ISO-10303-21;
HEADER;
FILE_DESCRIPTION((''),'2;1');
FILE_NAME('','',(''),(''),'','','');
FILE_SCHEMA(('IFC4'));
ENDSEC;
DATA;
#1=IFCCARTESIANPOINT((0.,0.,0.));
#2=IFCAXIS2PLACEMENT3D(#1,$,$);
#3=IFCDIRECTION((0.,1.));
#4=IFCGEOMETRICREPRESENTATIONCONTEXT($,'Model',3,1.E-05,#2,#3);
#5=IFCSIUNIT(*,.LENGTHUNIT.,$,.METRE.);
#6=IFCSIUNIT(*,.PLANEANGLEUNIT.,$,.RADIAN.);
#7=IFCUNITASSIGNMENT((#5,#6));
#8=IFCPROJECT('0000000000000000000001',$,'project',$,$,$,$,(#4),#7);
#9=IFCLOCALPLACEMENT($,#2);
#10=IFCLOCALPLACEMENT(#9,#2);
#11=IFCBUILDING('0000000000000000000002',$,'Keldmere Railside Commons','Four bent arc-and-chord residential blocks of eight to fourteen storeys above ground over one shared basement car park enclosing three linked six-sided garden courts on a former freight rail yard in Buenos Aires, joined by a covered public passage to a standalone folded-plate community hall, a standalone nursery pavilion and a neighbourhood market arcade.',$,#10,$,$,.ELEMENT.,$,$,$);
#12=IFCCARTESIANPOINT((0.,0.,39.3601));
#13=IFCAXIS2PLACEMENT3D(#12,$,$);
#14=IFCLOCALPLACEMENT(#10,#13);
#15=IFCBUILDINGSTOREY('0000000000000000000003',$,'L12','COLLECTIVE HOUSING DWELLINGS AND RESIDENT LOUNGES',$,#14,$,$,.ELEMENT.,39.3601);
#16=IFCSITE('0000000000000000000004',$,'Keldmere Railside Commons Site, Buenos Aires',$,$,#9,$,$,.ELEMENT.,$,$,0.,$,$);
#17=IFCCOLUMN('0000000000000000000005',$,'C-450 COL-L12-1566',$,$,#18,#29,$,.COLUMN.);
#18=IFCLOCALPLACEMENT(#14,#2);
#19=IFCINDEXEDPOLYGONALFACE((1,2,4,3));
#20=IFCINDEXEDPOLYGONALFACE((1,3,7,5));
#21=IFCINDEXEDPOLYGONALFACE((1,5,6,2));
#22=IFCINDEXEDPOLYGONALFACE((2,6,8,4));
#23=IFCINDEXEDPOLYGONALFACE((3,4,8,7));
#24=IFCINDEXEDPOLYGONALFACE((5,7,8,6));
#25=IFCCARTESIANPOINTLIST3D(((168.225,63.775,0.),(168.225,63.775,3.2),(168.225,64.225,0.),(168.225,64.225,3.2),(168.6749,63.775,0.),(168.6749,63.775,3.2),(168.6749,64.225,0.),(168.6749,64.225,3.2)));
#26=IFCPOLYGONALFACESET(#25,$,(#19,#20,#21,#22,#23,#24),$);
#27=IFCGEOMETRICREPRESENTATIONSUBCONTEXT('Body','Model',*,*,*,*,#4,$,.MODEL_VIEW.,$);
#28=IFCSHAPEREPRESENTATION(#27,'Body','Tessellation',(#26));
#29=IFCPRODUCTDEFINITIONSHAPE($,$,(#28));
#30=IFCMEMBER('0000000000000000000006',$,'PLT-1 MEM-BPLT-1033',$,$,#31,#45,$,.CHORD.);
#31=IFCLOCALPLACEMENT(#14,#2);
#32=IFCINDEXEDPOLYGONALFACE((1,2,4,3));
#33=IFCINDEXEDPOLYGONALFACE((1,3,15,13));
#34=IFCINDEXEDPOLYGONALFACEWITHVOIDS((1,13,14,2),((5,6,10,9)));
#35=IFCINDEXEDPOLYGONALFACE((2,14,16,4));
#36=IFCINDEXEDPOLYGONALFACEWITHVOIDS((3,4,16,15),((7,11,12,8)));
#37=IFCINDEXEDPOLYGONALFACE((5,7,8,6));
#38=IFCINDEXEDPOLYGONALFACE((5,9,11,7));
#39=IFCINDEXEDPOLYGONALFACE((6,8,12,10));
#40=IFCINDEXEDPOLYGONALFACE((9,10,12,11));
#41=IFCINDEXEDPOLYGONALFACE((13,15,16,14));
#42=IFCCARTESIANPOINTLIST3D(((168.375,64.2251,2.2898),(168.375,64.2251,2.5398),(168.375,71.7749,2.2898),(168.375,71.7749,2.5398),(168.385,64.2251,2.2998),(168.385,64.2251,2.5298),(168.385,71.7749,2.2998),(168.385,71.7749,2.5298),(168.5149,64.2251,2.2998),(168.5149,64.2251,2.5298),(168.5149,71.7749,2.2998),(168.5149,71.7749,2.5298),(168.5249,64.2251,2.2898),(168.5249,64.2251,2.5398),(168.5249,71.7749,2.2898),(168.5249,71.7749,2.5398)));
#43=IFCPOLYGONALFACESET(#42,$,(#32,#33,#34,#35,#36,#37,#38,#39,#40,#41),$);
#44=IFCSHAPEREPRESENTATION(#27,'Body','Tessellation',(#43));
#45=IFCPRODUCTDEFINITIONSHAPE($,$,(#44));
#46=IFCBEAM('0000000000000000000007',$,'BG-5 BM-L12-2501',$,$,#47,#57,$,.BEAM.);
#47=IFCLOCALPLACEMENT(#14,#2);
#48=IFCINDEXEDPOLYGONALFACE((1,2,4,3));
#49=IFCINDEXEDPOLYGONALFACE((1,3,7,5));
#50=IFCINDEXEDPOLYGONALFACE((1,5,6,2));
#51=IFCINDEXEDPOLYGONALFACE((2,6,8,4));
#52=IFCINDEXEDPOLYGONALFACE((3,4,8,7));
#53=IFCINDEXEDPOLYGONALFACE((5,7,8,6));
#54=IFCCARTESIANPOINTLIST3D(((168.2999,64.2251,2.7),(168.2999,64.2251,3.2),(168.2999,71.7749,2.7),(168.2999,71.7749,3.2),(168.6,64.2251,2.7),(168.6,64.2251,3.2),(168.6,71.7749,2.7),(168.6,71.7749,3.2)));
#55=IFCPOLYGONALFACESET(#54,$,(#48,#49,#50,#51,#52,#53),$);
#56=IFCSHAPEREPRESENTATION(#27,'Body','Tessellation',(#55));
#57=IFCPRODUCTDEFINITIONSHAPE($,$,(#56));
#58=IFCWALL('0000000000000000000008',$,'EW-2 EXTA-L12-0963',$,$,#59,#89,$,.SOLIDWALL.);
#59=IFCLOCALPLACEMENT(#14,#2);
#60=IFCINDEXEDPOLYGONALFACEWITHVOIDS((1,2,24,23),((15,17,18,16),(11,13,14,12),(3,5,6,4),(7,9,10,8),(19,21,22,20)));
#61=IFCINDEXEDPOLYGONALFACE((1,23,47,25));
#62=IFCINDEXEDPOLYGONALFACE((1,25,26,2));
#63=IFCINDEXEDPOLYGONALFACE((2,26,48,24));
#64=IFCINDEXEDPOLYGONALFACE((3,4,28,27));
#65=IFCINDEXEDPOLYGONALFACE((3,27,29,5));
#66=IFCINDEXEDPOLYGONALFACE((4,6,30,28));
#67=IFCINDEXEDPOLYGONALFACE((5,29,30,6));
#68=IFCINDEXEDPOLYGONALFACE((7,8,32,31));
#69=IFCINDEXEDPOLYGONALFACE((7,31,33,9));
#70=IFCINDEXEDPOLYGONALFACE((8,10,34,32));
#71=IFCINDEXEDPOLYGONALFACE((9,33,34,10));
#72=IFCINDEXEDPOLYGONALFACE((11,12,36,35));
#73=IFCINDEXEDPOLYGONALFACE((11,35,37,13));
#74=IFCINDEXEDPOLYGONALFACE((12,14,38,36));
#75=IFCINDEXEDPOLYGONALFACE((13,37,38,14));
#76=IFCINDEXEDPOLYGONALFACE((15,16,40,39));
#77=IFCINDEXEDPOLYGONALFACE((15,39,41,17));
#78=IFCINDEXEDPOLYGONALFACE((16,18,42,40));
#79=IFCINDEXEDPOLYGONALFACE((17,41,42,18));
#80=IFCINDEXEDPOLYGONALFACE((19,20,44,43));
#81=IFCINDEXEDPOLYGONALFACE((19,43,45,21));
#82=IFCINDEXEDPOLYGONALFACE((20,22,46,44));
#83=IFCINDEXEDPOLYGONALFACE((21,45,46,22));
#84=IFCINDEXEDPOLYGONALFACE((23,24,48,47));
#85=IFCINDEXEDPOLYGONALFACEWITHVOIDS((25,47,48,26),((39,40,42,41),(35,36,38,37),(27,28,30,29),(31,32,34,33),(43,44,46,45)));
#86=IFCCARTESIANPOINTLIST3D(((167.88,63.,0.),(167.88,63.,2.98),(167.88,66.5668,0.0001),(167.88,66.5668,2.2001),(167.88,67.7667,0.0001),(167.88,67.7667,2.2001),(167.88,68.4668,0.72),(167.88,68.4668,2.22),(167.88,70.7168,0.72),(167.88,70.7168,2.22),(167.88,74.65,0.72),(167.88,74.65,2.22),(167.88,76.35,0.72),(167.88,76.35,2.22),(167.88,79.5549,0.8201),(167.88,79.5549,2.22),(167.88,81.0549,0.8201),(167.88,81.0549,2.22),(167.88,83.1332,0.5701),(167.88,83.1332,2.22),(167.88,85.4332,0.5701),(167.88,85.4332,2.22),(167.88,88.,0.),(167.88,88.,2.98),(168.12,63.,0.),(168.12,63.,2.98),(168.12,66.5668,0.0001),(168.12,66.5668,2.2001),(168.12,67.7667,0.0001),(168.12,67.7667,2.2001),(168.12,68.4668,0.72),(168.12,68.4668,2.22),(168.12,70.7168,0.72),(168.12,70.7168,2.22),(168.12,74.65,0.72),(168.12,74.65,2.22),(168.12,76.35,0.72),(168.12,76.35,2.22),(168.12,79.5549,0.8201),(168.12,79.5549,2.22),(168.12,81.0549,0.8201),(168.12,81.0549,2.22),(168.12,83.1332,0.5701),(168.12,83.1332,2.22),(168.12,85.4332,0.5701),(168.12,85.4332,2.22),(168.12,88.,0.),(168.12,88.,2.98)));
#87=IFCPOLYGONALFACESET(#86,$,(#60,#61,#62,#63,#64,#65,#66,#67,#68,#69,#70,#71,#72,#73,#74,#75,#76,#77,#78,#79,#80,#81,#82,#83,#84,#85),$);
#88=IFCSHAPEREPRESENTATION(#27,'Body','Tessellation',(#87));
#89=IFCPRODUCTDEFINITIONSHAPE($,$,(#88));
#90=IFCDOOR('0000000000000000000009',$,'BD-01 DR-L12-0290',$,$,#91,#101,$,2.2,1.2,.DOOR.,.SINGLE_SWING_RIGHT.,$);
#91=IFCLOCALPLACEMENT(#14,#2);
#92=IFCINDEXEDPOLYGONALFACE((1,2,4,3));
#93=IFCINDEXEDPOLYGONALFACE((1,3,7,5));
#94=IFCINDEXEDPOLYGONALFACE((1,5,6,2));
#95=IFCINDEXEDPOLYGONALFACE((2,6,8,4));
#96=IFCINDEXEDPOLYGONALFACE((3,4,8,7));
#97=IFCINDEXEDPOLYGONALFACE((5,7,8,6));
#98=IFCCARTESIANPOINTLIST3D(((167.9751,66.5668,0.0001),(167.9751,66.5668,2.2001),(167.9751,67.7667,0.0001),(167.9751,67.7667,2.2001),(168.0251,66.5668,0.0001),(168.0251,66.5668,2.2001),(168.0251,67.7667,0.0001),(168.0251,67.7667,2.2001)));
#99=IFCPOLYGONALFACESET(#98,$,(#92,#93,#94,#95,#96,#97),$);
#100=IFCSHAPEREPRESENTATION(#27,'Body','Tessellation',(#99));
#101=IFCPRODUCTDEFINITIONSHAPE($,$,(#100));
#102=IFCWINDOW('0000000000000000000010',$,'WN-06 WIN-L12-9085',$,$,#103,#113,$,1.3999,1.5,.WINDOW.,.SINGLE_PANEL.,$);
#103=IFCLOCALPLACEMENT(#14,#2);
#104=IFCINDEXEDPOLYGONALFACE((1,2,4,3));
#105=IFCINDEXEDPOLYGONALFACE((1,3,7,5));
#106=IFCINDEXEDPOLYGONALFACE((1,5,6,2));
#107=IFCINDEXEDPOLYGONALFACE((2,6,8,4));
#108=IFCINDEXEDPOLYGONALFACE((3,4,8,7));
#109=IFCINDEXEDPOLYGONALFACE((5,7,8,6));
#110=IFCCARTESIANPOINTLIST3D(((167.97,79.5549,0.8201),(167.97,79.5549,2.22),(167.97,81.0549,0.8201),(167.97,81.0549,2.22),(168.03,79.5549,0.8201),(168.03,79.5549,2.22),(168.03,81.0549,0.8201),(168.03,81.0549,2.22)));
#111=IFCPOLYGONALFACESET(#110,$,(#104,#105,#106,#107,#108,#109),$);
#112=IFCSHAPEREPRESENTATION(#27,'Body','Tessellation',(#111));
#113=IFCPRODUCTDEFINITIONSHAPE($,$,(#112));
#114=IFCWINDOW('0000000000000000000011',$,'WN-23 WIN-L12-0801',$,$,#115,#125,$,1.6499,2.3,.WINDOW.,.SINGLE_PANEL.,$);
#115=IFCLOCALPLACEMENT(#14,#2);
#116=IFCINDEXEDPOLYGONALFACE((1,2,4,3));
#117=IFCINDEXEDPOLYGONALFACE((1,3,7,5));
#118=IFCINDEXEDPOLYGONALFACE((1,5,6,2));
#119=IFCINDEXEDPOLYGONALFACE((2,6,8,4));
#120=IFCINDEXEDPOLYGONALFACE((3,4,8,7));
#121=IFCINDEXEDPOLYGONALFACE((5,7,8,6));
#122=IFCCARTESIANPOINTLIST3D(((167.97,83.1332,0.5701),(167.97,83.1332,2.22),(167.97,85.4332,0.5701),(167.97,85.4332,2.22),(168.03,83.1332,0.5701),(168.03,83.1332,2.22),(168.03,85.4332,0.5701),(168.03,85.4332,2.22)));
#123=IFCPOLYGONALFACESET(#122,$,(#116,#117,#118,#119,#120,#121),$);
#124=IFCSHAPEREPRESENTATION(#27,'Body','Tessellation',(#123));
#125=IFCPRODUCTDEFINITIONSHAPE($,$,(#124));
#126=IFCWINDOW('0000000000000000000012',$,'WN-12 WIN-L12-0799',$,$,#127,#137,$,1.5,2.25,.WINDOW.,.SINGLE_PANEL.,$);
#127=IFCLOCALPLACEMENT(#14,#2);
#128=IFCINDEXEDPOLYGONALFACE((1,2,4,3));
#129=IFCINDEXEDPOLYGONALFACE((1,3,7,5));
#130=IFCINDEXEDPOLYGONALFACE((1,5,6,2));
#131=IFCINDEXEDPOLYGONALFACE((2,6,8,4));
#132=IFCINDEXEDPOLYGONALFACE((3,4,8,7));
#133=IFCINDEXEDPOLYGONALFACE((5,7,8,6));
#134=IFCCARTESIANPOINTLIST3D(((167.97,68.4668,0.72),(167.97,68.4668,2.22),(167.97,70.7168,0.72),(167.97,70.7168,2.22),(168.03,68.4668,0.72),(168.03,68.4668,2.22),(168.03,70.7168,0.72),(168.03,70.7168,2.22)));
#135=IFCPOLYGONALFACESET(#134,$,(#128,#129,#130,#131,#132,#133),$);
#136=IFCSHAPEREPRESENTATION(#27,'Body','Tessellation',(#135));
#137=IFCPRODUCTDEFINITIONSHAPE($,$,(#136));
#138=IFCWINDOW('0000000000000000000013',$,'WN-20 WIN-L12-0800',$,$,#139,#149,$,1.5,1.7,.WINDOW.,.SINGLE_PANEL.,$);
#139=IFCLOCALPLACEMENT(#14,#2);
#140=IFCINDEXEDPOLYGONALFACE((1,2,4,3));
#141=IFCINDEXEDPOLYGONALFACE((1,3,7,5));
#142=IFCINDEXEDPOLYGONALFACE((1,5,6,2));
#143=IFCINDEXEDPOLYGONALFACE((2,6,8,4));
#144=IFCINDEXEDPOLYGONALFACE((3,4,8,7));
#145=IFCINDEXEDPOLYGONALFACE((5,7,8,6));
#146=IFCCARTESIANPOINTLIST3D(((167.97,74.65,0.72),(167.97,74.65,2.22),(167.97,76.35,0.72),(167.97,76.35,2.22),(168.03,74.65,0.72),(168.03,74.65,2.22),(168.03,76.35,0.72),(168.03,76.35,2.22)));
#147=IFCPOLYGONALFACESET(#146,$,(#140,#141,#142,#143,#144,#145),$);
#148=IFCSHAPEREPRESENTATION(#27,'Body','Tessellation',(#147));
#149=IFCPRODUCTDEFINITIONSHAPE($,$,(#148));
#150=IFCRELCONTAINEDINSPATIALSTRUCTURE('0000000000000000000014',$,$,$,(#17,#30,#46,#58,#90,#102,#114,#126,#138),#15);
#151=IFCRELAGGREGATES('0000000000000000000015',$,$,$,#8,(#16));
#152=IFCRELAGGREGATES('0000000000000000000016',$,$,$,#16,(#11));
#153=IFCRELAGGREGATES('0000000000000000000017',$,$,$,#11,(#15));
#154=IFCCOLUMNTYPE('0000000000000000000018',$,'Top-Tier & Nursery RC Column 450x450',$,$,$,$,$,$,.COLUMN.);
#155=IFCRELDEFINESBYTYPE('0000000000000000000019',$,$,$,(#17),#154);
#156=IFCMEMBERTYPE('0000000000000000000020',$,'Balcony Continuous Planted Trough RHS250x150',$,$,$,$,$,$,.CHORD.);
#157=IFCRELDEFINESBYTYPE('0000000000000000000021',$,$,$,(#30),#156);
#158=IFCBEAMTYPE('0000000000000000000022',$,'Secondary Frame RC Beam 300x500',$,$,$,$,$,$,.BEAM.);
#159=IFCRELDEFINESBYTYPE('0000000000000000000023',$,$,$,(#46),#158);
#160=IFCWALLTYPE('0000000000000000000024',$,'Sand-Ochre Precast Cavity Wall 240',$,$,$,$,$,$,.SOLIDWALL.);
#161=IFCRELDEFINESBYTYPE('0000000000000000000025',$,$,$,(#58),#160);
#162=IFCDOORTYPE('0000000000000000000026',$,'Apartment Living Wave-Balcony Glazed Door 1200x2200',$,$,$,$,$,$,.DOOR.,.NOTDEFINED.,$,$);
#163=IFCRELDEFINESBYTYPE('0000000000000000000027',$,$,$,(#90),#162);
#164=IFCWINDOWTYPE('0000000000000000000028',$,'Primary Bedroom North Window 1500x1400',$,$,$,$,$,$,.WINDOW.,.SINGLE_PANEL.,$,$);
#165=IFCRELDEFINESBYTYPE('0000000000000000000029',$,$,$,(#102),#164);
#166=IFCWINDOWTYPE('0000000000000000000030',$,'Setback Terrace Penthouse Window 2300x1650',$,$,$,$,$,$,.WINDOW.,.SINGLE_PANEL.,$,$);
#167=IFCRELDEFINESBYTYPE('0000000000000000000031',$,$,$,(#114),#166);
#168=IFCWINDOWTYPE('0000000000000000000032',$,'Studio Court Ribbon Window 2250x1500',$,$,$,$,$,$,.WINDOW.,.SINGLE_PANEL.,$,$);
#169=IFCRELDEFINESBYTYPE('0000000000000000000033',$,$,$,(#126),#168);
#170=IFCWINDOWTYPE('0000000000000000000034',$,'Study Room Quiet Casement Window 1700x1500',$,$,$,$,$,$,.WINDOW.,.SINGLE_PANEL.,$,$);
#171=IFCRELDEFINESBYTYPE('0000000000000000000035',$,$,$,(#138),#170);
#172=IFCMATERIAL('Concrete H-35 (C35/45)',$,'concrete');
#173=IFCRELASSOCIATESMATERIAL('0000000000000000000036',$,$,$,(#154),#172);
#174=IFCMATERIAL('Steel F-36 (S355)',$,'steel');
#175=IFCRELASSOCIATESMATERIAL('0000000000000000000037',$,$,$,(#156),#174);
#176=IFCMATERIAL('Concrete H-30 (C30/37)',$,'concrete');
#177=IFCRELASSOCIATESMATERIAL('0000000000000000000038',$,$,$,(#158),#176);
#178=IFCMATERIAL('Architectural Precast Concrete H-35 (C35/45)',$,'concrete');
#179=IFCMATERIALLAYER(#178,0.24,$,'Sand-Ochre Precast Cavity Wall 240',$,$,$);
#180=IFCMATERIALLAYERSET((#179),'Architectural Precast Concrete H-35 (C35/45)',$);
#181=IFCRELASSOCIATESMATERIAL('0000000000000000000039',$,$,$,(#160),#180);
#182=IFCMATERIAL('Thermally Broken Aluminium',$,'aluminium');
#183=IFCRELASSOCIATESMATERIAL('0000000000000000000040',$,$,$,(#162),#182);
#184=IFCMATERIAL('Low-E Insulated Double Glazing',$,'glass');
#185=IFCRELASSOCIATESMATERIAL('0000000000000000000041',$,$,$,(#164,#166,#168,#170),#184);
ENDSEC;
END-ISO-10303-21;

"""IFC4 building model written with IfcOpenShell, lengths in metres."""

from ifc_helpers import new_model, si_unit, direction, frame, frame_2d, origin, origin_2d, place, context, subcontext, project, spatial, rectangle, hollow_rectangle, extrude, material, layer, layer_set, material_profile, profile_set, type_object, element, fill, save


model = new_model("IFC4")

# Units and contexts
model_context = context("Model", 3, precision=1e-05, world=origin(), true_north=direction((0.0, 1.0)))
body_context = subcontext(model_context, "Body", "Model", "MODEL_VIEW")
ifc_project = project(units=[si_unit("LENGTHUNIT", "METRE"), si_unit("PLANEANGLEUNIT", "RADIAN")], contexts=[model_context])

# Site, building, storey
site_placement = place(None, origin())
site = spatial("IfcSite", under=ifc_project, at=site_placement, Name="Keldmere Railside Commons Site, Buenos Aires", CompositionType="ELEMENT", RefElevation=0.0)
building_placement = place(site_placement, origin())
building = spatial("IfcBuilding", under=site, at=building_placement, Name="Keldmere Railside Commons", Description="Four bent arc-and-chord residential blocks of eight to fourteen storeys above ground over one shared basement car park enclosing three linked six-sided garden courts on a former freight rail yard in Buenos Aires, joined by a covered public passage to a standalone folded-plate community hall, a standalone nursery pavilion and a neighbourhood market arcade.", CompositionType="ELEMENT")
storey_placement = place(building_placement, frame((0.0, 0.0, 39.3601)))
storey = spatial("IfcBuildingStorey", under=building, at=storey_placement, Name="L12", Description="COLLECTIVE HOUSING DWELLINGS AND RESIDENT LOUNGES", CompositionType="ELEMENT", Elevation=39.3601)

# Column
ifc_material_1 = material(Name="Concrete H-35 (C35/45)", Category="concrete")
ifc_material_profile_1 = material_profile(ifc_material_1, rectangle(XDim=0.45, YDim=0.45, at=origin_2d()), Name="RC-450x450")
ifc_profile_set_1 = profile_set([ifc_material_profile_1], Name="Concrete H-35 (C35/45)")
column_type = type_object("IfcColumnType", Name="Top-Tier & Nursery RC Column 450x450", PredefinedType="COLUMN", material=ifc_profile_set_1)
column_placement = place(storey_placement, frame((168.45, 64.0, 0.0), z_axis=(0.0, 0.0, 1.0), x_axis=(1.0, 0.0, 0.0)))
element("IfcColumn", 1, at=column_placement, inside=storey, type_object=column_type, Name="C-450 COL-L12-1566", PredefinedType="COLUMN", context=body_context, shape_type="SweptSolid", body=[
    extrude(rectangle(XDim=0.45, YDim=0.45, at=origin_2d()), origin(), (0.0, 0.0, 1.0), 3.2),
])

# Member
ifc_material_2 = material(Name="Steel F-36 (S355)", Category="steel")
ifc_material_profile_2 = material_profile(ifc_material_2, hollow_rectangle(XDim=0.1499, YDim=0.25, WallThickness=0.01, at=origin_2d()), Name="RHS-250x150x10")
ifc_profile_set_2 = profile_set([ifc_material_profile_2], Name="Steel F-36 (S355)")
member_type = type_object("IfcMemberType", Name="Balcony Continuous Planted Trough RHS250x150", PredefinedType="CHORD", material=ifc_profile_set_2)
member_placement = place(storey_placement, frame((168.45, 64.2251, 2.4148), z_axis=(0.0, 1.0, 0.0), x_axis=(-1.0, 0.0, 0.0)))
element("IfcMember", 2, at=member_placement, inside=storey, type_object=member_type, Name="PLT-1 MEM-BPLT-1033", PredefinedType="CHORD", context=body_context, shape_type="SweptSolid", body=[
    extrude(hollow_rectangle(XDim=0.1499, YDim=0.25, WallThickness=0.01, at=origin_2d()), origin(), (0.0, 0.0, 1.0), 7.5498),
])

# Beam
ifc_material_3 = material(Name="Concrete H-30 (C30/37)", Category="concrete")
ifc_material_profile_3 = material_profile(ifc_material_3, rectangle(XDim=0.3, YDim=0.5, at=origin_2d()), Name="RC-300x500")
ifc_profile_set_3 = profile_set([ifc_material_profile_3], Name="Concrete H-30 (C30/37)")
beam_type = type_object("IfcBeamType", Name="Secondary Frame RC Beam 300x500", PredefinedType="BEAM", material=ifc_profile_set_3)
beam_placement = place(storey_placement, frame((168.45, 64.2251, 2.95), z_axis=(0.0, 1.0, 0.0), x_axis=(-1.0, 0.0, 0.0)))
element("IfcBeam", 3, at=beam_placement, inside=storey, type_object=beam_type, Name="BG-5 BM-L12-2501", PredefinedType="BEAM", context=body_context, shape_type="SweptSolid", body=[
    extrude(rectangle(XDim=0.3, YDim=0.5, at=origin_2d()), origin(), (0.0, 0.0, 1.0), 7.5498),
])

# Wall, openings, door, windows
ifc_material_4 = material(Name="Architectural Precast Concrete H-35 (C35/45)", Category="concrete")
ifc_layer = layer(ifc_material_4, 0.24, Name="Sand-Ochre Precast Cavity Wall 240")
ifc_layer_set = layer_set([ifc_layer], Name="Architectural Precast Concrete H-35 (C35/45)")
wall_type = type_object("IfcWallType", Name="Sand-Ochre Precast Cavity Wall 240", PredefinedType="SOLIDWALL", material=ifc_layer_set)
wall_placement = place(storey_placement, frame((168.0, 63.0, 0.0), z_axis=(0.0, 0.0, 1.0), x_axis=(0.0, 1.0, 0.0)))
wall = element("IfcWall", 4, at=wall_placement, inside=storey, type_object=wall_type, Name="EW-2 EXTA-L12-0963", PredefinedType="SOLIDWALL", context=body_context, shape_type="SweptSolid", body=[
    extrude(rectangle(XDim=25.0, YDim=0.24, at=frame_2d((12.5, 0.0))), origin(), (0.0, 0.0, 1.0), 2.98),
])
opening_1_placement = place(wall_placement, frame((3.5667, 0.0, 0.0)))
opening_1 = element("IfcOpeningElement", 5, at=opening_1_placement, cuts=wall, PredefinedType="OPENING", context=body_context, shape_type="SweptSolid", body=[
    extrude(rectangle(XDim=1.2, YDim=2.2, at=frame_2d((0.6001, 1.1001))), frame((0.0, 0.1299, 0.0), z_axis=(0.0, -1.0, 0.0), x_axis=(1.0, 0.0, 0.0)), (0.0, 0.0, 1.0), 0.26),
])
opening_2_placement = place(wall_placement, frame((5.4668, 0.0, 0.72)))
opening_2 = element("IfcOpeningElement", 6, at=opening_2_placement, cuts=wall, PredefinedType="OPENING", context=body_context, shape_type="SweptSolid", body=[
    extrude(rectangle(XDim=2.25, YDim=1.5, at=frame_2d((1.125, 0.75))), frame((0.0, 0.1299, 0.0), z_axis=(0.0, -1.0, 0.0), x_axis=(1.0, 0.0, 0.0)), (0.0, 0.0, 1.0), 0.26),
])
opening_3_placement = place(wall_placement, frame((11.6499, 0.0, 0.72)))
opening_3 = element("IfcOpeningElement", 7, at=opening_3_placement, cuts=wall, PredefinedType="OPENING", context=body_context, shape_type="SweptSolid", body=[
    extrude(rectangle(XDim=1.7, YDim=1.5, at=frame_2d((0.8501, 0.75))), frame((0.0, 0.1299, 0.0), z_axis=(0.0, -1.0, 0.0), x_axis=(1.0, 0.0, 0.0)), (0.0, 0.0, 1.0), 0.26),
])
opening_4_placement = place(wall_placement, frame((20.1333, 0.0, 0.5701)))
opening_4 = element("IfcOpeningElement", 8, at=opening_4_placement, cuts=wall, PredefinedType="OPENING", context=body_context, shape_type="SweptSolid", body=[
    extrude(rectangle(XDim=2.3, YDim=1.6499, at=frame_2d((1.1499, 0.825))), frame((0.0, 0.1299, 0.0), z_axis=(0.0, -1.0, 0.0), x_axis=(1.0, 0.0, 0.0)), (0.0, 0.0, 1.0), 0.26),
])
opening_5_placement = place(wall_placement, frame((16.5549, 0.0, 0.8201)))
opening_5 = element("IfcOpeningElement", 9, at=opening_5_placement, cuts=wall, PredefinedType="OPENING", context=body_context, shape_type="SweptSolid", body=[
    extrude(rectangle(XDim=1.5, YDim=1.3999, at=frame_2d((0.75, 0.7))), frame((0.0, 0.1299, 0.0), z_axis=(0.0, -1.0, 0.0), x_axis=(1.0, 0.0, 0.0)), (0.0, 0.0, 1.0), 0.26),
])
ifc_material_5 = material(Name="Thermally Broken Aluminium", Category="aluminium")
door_type = type_object("IfcDoorType", Name="Apartment Living Wave-Balcony Glazed Door 1200x2200", OperationType="NOTDEFINED", PredefinedType="DOOR", material=ifc_material_5)
door_placement = place(opening_1_placement, origin())
door = element("IfcDoor", 10, at=door_placement, inside=storey, type_object=door_type, Name="BD-01 DR-L12-0290", OperationType="SINGLE_SWING_RIGHT", OverallHeight=2.2, OverallWidth=1.2, PredefinedType="DOOR", context=body_context, shape_type="SweptSolid", body=[
    extrude(rectangle(XDim=1.2, YDim=2.2, at=frame_2d((0.6001, 1.1001))), frame((0.0, 0.0249, 0.0), z_axis=(0.0, -1.0, 0.0), x_axis=(1.0, 0.0, 0.0)), (0.0, 0.0, 1.0), 0.05),
])
fill(opening_1, door)
ifc_material_6 = material(Name="Low-E Insulated Double Glazing", Category="glass")
window_type_1 = type_object("IfcWindowType", Name="Primary Bedroom North Window 1500x1400", PartitioningType="SINGLE_PANEL", PredefinedType="WINDOW", material=ifc_material_6)
window_1_placement = place(opening_5_placement, origin())
window_1 = element("IfcWindow", 11, at=window_1_placement, inside=storey, type_object=window_type_1, Name="WN-06 WIN-L12-9085", OverallHeight=1.3999, OverallWidth=1.5, PartitioningType="SINGLE_PANEL", PredefinedType="WINDOW", context=body_context, shape_type="SweptSolid", body=[
    extrude(rectangle(XDim=1.5, YDim=1.3999, at=frame_2d((0.75, 0.7))), frame((0.0, 0.03, 0.0), z_axis=(0.0, -1.0, 0.0), x_axis=(1.0, 0.0, 0.0)), (0.0, 0.0, 1.0), 0.0601),
])
fill(opening_5, window_1)
window_type_2 = type_object("IfcWindowType", Name="Setback Terrace Penthouse Window 2300x1650", PartitioningType="SINGLE_PANEL", PredefinedType="WINDOW", material=ifc_material_6)
window_2_placement = place(opening_4_placement, origin())
window_2 = element("IfcWindow", 12, at=window_2_placement, inside=storey, type_object=window_type_2, Name="WN-23 WIN-L12-0801", OverallHeight=1.6499, OverallWidth=2.3, PartitioningType="SINGLE_PANEL", PredefinedType="WINDOW", context=body_context, shape_type="SweptSolid", body=[
    extrude(rectangle(XDim=2.3, YDim=1.6499, at=frame_2d((1.1499, 0.825))), frame((0.0, 0.03, 0.0), z_axis=(0.0, -1.0, 0.0), x_axis=(1.0, 0.0, 0.0)), (0.0, 0.0, 1.0), 0.0601),
])
fill(opening_4, window_2)
window_type_3 = type_object("IfcWindowType", Name="Studio Court Ribbon Window 2250x1500", PartitioningType="SINGLE_PANEL", PredefinedType="WINDOW", material=ifc_material_6)
window_3_placement = place(opening_2_placement, origin())
window_3 = element("IfcWindow", 13, at=window_3_placement, inside=storey, type_object=window_type_3, Name="WN-12 WIN-L12-0799", OverallHeight=1.5, OverallWidth=2.25, PartitioningType="SINGLE_PANEL", PredefinedType="WINDOW", context=body_context, shape_type="SweptSolid", body=[
    extrude(rectangle(XDim=2.25, YDim=1.5, at=frame_2d((1.125, 0.75))), frame((0.0, 0.03, 0.0), z_axis=(0.0, -1.0, 0.0), x_axis=(1.0, 0.0, 0.0)), (0.0, 0.0, 1.0), 0.0601),
])
fill(opening_2, window_3)
window_type_4 = type_object("IfcWindowType", Name="Study Room Quiet Casement Window 1700x1500", PartitioningType="SINGLE_PANEL", PredefinedType="WINDOW", material=ifc_material_6)
window_4_placement = place(opening_3_placement, origin())
window_4 = element("IfcWindow", 14, at=window_4_placement, inside=storey, type_object=window_type_4, Name="WN-20 WIN-L12-0800", OverallHeight=1.5, OverallWidth=1.7, PartitioningType="SINGLE_PANEL", PredefinedType="WINDOW", context=body_context, shape_type="SweptSolid", body=[
    extrude(rectangle(XDim=1.7, YDim=1.5, at=frame_2d((0.8501, 0.75))), frame((0.0, 0.03, 0.0), z_axis=(0.0, -1.0, 0.0), x_axis=(1.0, 0.0, 0.0)), (0.0, 0.0, 1.0), 0.0601),
])
fill(opening_3, window_4)

save(model, "model.ifc")
